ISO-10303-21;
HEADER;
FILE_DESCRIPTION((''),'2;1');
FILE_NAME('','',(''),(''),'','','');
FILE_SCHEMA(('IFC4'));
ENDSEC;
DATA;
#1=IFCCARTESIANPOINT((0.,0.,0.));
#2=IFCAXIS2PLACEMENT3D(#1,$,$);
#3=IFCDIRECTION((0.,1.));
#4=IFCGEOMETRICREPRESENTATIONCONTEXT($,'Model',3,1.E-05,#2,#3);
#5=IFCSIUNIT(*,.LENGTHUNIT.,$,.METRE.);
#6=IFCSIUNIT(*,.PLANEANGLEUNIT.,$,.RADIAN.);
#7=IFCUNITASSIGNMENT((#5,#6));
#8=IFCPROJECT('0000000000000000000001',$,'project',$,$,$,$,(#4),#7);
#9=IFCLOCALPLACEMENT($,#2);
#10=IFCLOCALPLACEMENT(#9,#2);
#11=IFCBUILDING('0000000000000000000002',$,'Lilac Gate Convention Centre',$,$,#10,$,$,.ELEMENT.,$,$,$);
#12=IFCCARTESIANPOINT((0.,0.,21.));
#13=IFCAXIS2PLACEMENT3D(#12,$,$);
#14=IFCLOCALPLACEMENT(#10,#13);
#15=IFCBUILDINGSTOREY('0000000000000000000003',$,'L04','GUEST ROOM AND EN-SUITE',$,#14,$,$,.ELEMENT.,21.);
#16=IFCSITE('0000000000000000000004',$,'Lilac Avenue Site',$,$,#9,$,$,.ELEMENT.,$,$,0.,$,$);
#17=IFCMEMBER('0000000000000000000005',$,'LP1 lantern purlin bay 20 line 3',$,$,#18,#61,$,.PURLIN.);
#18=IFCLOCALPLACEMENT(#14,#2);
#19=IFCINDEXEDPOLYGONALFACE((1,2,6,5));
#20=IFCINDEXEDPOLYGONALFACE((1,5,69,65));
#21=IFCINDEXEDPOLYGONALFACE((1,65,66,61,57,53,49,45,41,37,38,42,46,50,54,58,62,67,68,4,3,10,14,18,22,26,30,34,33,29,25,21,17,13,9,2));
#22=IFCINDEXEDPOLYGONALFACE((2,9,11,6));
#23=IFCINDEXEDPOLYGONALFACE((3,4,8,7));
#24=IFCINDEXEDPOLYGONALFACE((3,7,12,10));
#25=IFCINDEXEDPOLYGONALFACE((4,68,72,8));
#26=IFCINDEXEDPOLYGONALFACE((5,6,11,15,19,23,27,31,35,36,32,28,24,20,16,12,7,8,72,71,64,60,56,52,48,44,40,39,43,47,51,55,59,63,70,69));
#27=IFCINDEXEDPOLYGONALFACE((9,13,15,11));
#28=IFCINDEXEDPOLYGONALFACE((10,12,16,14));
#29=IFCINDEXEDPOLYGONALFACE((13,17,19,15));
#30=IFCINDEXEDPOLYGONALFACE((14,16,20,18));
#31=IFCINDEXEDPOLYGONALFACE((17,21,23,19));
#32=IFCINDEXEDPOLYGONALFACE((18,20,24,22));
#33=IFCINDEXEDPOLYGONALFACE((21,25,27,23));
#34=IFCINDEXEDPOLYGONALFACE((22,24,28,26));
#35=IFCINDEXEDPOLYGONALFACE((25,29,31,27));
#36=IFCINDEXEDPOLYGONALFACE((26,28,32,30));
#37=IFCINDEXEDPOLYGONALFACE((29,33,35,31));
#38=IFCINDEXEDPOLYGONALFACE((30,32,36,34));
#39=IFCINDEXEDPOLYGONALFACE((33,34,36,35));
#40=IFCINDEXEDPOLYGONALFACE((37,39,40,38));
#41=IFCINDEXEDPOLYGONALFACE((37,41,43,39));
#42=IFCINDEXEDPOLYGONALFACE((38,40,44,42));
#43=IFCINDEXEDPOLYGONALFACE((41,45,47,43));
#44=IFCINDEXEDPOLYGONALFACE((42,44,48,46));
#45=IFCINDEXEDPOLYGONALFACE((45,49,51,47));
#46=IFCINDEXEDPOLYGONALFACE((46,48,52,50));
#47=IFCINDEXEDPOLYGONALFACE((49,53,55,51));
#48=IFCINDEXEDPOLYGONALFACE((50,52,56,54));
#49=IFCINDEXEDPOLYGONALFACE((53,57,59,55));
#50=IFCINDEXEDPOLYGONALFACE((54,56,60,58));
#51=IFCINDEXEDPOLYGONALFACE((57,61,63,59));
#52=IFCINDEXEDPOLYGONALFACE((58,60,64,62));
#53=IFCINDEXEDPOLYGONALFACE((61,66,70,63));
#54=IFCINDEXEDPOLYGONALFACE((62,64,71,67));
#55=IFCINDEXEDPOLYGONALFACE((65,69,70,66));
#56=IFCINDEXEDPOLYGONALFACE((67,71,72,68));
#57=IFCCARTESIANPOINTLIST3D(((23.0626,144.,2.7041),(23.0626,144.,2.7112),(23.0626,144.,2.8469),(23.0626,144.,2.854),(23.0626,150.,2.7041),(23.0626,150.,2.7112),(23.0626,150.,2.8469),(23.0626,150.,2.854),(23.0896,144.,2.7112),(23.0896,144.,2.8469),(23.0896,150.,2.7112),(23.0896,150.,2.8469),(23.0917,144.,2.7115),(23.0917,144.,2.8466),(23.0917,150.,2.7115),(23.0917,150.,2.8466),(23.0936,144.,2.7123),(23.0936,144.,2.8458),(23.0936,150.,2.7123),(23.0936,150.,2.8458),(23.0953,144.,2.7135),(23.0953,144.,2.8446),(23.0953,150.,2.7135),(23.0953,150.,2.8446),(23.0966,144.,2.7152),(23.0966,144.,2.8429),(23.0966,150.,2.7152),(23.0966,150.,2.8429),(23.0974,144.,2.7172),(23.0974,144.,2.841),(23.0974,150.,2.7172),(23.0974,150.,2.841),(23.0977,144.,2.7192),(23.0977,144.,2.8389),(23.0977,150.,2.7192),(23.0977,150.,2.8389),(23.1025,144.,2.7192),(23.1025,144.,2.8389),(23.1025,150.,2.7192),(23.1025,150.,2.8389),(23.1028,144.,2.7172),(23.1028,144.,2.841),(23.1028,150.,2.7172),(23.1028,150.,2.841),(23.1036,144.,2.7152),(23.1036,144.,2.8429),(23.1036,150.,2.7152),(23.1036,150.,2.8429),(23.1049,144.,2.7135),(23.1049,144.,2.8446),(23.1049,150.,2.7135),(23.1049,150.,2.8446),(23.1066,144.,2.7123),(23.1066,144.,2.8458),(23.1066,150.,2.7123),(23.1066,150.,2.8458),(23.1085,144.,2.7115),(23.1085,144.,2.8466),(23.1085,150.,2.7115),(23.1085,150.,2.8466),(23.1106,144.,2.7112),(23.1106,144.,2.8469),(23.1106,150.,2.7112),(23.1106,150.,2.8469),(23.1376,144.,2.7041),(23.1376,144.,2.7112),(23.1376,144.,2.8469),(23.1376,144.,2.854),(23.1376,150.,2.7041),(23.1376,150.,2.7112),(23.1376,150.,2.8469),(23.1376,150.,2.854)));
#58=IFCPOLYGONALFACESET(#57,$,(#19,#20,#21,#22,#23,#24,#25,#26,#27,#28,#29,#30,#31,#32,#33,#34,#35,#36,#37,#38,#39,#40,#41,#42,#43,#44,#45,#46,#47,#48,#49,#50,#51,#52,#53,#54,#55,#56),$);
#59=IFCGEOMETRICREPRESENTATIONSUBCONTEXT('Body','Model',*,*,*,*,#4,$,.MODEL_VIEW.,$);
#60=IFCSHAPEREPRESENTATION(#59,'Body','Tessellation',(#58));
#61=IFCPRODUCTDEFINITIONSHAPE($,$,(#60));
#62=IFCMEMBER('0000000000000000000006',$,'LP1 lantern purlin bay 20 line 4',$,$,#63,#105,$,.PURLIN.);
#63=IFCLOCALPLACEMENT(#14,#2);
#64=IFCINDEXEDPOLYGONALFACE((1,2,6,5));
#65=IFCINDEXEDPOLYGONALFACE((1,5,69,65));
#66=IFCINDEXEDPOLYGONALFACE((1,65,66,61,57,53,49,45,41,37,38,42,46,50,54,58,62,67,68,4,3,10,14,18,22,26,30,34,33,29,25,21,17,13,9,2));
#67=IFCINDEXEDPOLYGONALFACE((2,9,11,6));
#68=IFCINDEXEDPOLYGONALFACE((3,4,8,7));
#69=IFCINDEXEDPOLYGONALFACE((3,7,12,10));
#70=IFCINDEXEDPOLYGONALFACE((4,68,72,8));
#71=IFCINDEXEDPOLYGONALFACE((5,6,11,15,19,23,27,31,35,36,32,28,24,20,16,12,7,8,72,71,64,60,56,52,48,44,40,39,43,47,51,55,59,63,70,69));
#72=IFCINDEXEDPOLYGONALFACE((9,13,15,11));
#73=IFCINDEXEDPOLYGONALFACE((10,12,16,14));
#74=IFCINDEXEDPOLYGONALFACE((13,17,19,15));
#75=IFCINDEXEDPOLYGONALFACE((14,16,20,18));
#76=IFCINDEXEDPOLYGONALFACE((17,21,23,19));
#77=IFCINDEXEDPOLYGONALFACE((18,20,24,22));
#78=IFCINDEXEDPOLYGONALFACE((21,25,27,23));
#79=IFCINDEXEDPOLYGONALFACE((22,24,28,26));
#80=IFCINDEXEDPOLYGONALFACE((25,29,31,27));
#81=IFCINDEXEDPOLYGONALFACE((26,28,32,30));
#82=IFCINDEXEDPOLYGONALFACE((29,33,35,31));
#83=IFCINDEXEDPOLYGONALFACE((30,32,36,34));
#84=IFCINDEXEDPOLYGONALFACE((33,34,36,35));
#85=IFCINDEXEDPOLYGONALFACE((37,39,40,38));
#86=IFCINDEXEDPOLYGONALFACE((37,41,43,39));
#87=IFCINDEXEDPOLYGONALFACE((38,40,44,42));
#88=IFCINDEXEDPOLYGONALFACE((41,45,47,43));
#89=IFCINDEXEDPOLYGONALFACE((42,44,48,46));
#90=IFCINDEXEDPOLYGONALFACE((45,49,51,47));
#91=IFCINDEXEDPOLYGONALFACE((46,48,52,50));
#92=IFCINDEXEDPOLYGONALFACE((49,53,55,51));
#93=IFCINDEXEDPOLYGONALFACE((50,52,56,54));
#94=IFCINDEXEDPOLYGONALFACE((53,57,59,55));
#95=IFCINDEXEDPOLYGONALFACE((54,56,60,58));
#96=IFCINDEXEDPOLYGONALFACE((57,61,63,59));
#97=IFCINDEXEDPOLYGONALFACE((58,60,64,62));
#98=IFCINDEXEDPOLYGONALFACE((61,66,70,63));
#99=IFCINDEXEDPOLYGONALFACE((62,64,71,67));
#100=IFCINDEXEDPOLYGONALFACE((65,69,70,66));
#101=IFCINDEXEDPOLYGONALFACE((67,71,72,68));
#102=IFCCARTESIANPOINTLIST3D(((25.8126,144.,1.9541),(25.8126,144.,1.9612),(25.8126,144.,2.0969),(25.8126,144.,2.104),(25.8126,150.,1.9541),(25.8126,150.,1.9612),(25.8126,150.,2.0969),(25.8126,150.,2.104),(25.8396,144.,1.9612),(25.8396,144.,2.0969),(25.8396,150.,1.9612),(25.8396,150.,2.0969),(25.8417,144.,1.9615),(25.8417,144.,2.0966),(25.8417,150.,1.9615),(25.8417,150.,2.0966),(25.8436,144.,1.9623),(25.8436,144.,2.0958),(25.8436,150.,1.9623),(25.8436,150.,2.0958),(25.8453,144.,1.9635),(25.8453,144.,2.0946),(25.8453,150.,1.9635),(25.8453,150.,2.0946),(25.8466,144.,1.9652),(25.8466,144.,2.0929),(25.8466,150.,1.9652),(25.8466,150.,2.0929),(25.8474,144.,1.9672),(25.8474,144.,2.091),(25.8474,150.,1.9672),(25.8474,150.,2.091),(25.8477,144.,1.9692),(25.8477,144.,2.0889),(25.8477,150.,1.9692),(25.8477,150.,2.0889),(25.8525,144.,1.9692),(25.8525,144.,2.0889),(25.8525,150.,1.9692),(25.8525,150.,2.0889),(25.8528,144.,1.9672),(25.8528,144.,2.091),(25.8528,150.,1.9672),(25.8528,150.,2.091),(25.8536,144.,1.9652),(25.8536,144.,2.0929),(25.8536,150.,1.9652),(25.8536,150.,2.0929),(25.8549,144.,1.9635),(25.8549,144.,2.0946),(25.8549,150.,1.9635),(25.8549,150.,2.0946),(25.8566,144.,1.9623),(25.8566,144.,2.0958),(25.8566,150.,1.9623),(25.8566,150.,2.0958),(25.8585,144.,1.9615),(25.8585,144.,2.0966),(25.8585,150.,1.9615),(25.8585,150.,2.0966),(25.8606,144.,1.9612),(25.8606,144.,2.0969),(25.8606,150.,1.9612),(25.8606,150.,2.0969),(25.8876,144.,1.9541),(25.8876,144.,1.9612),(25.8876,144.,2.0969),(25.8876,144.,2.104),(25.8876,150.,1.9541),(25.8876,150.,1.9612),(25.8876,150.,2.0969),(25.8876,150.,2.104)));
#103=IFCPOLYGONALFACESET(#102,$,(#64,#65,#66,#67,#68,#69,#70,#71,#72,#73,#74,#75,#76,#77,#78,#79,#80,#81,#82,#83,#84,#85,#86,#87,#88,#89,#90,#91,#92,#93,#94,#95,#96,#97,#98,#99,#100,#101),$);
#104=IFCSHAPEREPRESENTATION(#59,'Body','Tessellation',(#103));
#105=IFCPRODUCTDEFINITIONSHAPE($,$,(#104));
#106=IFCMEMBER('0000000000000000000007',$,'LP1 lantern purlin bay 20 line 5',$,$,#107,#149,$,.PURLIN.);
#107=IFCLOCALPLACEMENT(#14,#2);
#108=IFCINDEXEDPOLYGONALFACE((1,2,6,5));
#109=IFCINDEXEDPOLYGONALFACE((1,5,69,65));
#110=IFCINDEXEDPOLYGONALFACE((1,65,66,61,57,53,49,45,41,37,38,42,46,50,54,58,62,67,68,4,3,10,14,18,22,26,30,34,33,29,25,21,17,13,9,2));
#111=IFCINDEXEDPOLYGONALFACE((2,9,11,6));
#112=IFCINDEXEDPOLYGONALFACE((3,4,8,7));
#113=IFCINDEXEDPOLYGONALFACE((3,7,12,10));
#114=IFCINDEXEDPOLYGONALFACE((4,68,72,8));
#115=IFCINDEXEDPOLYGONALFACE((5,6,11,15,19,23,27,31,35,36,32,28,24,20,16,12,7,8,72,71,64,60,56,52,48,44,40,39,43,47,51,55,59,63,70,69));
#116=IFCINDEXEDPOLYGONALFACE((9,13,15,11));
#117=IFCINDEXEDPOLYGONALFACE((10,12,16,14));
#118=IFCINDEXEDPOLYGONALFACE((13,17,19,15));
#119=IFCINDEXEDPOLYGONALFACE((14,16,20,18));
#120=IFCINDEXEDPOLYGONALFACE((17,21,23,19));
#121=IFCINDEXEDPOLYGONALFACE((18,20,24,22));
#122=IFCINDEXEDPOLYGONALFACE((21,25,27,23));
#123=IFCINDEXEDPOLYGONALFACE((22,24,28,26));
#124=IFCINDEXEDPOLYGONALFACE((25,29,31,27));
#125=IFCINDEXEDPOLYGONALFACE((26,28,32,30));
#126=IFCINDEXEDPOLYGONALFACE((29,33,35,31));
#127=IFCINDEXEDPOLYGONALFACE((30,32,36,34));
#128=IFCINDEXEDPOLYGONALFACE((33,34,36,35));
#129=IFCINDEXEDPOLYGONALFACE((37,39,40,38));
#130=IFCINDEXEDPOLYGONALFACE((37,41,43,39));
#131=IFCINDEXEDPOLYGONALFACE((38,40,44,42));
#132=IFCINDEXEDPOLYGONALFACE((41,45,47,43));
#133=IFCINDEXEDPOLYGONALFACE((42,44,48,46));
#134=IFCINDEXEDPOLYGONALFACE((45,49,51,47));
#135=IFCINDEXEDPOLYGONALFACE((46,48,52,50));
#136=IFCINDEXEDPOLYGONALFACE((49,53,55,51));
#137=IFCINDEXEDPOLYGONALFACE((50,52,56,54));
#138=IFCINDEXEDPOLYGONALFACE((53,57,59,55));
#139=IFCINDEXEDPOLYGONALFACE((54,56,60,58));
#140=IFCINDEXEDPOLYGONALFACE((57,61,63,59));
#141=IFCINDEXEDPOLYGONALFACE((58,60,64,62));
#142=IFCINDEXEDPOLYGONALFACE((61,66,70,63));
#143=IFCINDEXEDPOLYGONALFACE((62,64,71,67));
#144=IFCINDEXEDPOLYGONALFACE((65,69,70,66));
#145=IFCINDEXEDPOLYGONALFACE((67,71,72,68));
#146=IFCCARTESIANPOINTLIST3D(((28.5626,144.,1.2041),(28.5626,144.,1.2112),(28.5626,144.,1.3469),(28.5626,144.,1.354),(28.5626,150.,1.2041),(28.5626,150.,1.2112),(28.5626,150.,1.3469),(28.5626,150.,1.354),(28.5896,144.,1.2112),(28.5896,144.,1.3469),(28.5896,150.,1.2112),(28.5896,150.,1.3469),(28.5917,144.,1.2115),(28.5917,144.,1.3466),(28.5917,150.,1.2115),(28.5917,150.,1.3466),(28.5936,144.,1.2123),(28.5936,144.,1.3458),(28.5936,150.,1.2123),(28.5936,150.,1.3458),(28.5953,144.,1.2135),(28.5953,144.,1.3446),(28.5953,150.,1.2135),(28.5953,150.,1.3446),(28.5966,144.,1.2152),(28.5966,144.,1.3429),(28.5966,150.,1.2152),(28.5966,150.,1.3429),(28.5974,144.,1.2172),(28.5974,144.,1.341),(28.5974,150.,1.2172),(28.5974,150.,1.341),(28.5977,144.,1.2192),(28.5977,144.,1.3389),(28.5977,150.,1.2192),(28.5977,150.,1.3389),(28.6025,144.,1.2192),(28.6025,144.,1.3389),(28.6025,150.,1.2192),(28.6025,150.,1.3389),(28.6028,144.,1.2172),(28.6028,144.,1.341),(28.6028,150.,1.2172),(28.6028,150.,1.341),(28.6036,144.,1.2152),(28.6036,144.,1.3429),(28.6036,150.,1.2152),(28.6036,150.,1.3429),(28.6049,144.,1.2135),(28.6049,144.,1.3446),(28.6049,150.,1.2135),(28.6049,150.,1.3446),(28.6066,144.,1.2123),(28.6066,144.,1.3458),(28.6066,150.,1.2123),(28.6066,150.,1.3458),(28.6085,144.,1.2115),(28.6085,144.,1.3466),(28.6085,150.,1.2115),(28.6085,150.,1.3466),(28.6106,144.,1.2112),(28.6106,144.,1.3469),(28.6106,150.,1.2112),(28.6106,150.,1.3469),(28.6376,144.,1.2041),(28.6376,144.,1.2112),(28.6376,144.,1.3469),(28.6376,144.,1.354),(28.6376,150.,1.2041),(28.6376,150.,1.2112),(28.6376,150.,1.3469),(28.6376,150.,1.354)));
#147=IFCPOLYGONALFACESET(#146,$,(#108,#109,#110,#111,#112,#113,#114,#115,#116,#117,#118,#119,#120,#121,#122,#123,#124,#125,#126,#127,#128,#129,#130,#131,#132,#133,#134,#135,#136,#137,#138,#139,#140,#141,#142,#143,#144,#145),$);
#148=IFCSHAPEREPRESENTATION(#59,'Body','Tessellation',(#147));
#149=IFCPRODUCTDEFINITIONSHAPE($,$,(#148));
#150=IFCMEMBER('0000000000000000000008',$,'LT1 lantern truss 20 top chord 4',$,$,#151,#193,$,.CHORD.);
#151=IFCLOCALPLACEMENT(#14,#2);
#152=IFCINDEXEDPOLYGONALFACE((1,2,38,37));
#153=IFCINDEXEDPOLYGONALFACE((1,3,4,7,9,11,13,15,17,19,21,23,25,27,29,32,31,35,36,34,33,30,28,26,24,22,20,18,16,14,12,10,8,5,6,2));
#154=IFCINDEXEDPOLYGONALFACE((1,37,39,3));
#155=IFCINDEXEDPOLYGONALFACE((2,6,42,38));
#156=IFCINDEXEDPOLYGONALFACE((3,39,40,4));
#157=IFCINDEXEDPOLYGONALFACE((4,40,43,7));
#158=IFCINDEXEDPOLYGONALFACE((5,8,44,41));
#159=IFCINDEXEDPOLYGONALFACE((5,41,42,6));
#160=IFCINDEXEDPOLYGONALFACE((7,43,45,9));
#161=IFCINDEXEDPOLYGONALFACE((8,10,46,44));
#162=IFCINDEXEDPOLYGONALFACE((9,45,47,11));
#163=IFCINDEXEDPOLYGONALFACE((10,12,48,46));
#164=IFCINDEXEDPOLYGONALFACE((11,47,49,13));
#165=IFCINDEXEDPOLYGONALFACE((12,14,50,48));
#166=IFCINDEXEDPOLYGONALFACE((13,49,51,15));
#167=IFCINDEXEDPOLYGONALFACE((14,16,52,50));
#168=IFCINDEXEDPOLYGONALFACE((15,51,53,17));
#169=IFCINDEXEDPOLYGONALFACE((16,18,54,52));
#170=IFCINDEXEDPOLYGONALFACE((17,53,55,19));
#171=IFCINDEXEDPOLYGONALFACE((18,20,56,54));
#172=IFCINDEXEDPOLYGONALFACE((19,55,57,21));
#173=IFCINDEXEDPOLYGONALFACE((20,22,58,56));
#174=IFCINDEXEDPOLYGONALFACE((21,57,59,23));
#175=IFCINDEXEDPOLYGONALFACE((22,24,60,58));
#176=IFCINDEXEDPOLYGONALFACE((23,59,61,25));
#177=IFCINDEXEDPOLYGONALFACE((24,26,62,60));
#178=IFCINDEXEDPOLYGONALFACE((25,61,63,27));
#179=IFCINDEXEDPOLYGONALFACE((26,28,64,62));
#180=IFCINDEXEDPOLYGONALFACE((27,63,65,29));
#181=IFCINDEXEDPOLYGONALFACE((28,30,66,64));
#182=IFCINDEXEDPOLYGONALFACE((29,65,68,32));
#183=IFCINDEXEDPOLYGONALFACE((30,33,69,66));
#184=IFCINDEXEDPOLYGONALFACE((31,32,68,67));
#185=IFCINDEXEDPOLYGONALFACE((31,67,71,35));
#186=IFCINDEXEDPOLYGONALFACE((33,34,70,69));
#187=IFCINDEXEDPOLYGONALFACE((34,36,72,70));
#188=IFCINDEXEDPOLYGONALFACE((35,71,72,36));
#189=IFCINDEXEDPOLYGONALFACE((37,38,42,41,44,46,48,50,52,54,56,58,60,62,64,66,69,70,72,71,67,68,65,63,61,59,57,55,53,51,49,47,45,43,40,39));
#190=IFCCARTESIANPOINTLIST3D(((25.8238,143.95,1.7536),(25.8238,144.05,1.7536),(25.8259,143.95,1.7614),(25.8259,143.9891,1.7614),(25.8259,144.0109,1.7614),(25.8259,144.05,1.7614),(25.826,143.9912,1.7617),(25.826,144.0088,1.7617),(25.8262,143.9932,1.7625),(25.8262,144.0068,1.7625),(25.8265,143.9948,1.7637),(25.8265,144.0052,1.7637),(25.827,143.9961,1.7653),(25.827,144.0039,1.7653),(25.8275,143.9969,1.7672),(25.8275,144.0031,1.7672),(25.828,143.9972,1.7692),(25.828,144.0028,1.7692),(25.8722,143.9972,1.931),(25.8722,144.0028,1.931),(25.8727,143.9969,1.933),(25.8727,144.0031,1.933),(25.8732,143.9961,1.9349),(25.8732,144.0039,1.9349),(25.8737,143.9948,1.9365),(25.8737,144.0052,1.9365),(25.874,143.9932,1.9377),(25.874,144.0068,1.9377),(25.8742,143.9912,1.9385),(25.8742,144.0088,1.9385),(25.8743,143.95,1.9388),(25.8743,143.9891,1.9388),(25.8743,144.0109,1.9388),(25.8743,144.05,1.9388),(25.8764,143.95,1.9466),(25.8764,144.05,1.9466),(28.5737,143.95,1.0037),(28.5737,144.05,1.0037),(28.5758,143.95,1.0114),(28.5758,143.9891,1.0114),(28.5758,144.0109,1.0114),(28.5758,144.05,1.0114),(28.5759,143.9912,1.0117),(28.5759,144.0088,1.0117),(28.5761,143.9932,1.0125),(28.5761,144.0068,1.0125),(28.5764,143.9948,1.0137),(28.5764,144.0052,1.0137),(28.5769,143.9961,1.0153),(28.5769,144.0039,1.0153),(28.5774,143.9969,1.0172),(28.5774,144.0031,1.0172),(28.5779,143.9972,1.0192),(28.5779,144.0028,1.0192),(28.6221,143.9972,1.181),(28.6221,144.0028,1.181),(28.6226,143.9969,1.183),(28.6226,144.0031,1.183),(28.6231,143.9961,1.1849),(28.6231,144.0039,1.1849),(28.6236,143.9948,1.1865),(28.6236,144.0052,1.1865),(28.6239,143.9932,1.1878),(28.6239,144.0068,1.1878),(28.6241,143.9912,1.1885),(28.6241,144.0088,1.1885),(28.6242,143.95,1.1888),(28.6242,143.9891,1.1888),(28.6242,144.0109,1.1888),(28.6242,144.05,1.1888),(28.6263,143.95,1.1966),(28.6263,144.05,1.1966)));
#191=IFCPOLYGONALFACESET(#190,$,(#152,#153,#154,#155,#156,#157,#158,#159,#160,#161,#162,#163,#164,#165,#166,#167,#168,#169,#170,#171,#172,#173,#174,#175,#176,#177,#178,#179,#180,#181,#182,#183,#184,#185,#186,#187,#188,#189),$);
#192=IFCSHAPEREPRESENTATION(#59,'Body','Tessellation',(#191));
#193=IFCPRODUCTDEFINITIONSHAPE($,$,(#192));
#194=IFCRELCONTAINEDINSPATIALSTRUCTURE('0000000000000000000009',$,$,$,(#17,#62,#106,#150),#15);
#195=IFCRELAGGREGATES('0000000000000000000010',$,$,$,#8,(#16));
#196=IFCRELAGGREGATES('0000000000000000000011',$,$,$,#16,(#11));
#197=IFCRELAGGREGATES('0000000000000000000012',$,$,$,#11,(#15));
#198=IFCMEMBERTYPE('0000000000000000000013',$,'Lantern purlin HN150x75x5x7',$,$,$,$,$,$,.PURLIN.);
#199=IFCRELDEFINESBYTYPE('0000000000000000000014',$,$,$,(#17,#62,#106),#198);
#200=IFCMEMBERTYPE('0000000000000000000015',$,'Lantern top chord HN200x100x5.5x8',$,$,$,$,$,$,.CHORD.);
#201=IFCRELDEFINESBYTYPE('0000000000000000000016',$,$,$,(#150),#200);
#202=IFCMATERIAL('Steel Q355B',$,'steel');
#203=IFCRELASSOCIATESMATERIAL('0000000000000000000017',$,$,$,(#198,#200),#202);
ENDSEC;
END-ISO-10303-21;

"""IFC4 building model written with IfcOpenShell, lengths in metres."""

from ifc_helpers import new_model, si_unit, direction, frame, origin, origin_2d, place, context, subcontext, project, spatial, i_section, extrude, material, material_profile, profile_set, type_object, element, save


model = new_model("IFC4")

# Units and contexts
model_context = context("Model", 3, precision=1e-05, world=origin(), true_north=direction((0.0, 1.0)))
body_context = subcontext(model_context, "Body", "Model", "MODEL_VIEW")
ifc_project = project(units=[si_unit("LENGTHUNIT", "METRE"), si_unit("PLANEANGLEUNIT", "RADIAN")], contexts=[model_context])

# Site, building, storey
site_placement = place(None, origin())
site = spatial("IfcSite", under=ifc_project, at=site_placement, Name="Lilac Avenue Site", CompositionType="ELEMENT", RefElevation=0.0)
building_placement = place(site_placement, origin())
building = spatial("IfcBuilding", under=site, at=building_placement, Name="Lilac Gate Convention Centre", CompositionType="ELEMENT")
storey_placement = place(building_placement, frame((0.0, 0.0, 21.0)))
storey = spatial("IfcBuildingStorey", under=building, at=storey_placement, Name="L04", Description="GUEST ROOM AND EN-SUITE", CompositionType="ELEMENT", Elevation=21.0)

# Members
ifc_material_1 = material(Name="Steel Q355B", Category="steel")
ifc_material_profile_1 = material_profile(ifc_material_1, i_section(OverallWidth=0.075, OverallDepth=0.1499, WebThickness=0.0049, FlangeThickness=0.0071, FilletRadius=0.0081, at=origin_2d()), Name="HN150x75x5x7")
ifc_profile_set_1 = profile_set([ifc_material_profile_1], Name="Steel Q355B")
member_type_1 = type_object("IfcMemberType", Name="Lantern purlin HN150x75x5x7", PredefinedType="PURLIN", material=ifc_profile_set_1)
for number, where, z_axis, x_axis, name in (
    (1, (23.1001, 144.0, 2.7791), (0.0, 1.0, 0.0), (-1.0, 0.0, 0.0), "LP1 lantern purlin bay 20 line 3"),
    (2, (25.8501, 144.0, 2.0291), (0.0, 1.0, 0.0), (-1.0, 0.0, 0.0), "LP1 lantern purlin bay 20 line 4"),
    (3, (28.6001, 144.0, 1.2791), (0.0, 1.0, 0.0), (-1.0, 0.0, 0.0), "LP1 lantern purlin bay 20 line 5"),
):
    element("IfcMember", number, at=place(storey_placement, frame(where, z_axis=z_axis, x_axis=x_axis)), inside=storey, type_object=member_type_1, Name=name, PredefinedType="PURLIN", context=body_context, shape_type="SweptSolid", body=[
        extrude(i_section(OverallWidth=0.075, OverallDepth=0.1499, WebThickness=0.0049, FlangeThickness=0.0071, FilletRadius=0.0081, at=origin_2d()), origin(), (0.0, 0.0, 1.0), 6.0),
    ])
ifc_material_profile_2 = material_profile(ifc_material_1, i_section(OverallWidth=0.1001, OverallDepth=0.2, WebThickness=0.0056, FlangeThickness=0.0081, FilletRadius=0.0081, at=origin_2d()), Name="HN200x100x5.5x8")
ifc_profile_set_2 = profile_set([ifc_material_profile_2], Name="Steel Q355B")
member_type_2 = type_object("IfcMemberType", Name="Lantern top chord HN200x100x5.5x8", PredefinedType="CHORD", material=ifc_profile_set_2)
member_1_placement = place(storey_placement, frame((25.8501, 144.0, 1.8501), z_axis=(0.964764, 0.0, -0.263117), x_axis=(0.0, 1.0, 0.0)))
element("IfcMember", 4, at=member_1_placement, inside=storey, type_object=member_type_2, Name="LT1 lantern truss 20 top chord 4", PredefinedType="CHORD", context=body_context, shape_type="SweptSolid", body=[
    extrude(i_section(OverallWidth=0.1001, OverallDepth=0.2, WebThickness=0.0056, FlangeThickness=0.0081, FilletRadius=0.0081, at=origin_2d()), origin(), (0.0, 0.0, 1.0), 2.8503),
])

save(model, "model.ifc")
